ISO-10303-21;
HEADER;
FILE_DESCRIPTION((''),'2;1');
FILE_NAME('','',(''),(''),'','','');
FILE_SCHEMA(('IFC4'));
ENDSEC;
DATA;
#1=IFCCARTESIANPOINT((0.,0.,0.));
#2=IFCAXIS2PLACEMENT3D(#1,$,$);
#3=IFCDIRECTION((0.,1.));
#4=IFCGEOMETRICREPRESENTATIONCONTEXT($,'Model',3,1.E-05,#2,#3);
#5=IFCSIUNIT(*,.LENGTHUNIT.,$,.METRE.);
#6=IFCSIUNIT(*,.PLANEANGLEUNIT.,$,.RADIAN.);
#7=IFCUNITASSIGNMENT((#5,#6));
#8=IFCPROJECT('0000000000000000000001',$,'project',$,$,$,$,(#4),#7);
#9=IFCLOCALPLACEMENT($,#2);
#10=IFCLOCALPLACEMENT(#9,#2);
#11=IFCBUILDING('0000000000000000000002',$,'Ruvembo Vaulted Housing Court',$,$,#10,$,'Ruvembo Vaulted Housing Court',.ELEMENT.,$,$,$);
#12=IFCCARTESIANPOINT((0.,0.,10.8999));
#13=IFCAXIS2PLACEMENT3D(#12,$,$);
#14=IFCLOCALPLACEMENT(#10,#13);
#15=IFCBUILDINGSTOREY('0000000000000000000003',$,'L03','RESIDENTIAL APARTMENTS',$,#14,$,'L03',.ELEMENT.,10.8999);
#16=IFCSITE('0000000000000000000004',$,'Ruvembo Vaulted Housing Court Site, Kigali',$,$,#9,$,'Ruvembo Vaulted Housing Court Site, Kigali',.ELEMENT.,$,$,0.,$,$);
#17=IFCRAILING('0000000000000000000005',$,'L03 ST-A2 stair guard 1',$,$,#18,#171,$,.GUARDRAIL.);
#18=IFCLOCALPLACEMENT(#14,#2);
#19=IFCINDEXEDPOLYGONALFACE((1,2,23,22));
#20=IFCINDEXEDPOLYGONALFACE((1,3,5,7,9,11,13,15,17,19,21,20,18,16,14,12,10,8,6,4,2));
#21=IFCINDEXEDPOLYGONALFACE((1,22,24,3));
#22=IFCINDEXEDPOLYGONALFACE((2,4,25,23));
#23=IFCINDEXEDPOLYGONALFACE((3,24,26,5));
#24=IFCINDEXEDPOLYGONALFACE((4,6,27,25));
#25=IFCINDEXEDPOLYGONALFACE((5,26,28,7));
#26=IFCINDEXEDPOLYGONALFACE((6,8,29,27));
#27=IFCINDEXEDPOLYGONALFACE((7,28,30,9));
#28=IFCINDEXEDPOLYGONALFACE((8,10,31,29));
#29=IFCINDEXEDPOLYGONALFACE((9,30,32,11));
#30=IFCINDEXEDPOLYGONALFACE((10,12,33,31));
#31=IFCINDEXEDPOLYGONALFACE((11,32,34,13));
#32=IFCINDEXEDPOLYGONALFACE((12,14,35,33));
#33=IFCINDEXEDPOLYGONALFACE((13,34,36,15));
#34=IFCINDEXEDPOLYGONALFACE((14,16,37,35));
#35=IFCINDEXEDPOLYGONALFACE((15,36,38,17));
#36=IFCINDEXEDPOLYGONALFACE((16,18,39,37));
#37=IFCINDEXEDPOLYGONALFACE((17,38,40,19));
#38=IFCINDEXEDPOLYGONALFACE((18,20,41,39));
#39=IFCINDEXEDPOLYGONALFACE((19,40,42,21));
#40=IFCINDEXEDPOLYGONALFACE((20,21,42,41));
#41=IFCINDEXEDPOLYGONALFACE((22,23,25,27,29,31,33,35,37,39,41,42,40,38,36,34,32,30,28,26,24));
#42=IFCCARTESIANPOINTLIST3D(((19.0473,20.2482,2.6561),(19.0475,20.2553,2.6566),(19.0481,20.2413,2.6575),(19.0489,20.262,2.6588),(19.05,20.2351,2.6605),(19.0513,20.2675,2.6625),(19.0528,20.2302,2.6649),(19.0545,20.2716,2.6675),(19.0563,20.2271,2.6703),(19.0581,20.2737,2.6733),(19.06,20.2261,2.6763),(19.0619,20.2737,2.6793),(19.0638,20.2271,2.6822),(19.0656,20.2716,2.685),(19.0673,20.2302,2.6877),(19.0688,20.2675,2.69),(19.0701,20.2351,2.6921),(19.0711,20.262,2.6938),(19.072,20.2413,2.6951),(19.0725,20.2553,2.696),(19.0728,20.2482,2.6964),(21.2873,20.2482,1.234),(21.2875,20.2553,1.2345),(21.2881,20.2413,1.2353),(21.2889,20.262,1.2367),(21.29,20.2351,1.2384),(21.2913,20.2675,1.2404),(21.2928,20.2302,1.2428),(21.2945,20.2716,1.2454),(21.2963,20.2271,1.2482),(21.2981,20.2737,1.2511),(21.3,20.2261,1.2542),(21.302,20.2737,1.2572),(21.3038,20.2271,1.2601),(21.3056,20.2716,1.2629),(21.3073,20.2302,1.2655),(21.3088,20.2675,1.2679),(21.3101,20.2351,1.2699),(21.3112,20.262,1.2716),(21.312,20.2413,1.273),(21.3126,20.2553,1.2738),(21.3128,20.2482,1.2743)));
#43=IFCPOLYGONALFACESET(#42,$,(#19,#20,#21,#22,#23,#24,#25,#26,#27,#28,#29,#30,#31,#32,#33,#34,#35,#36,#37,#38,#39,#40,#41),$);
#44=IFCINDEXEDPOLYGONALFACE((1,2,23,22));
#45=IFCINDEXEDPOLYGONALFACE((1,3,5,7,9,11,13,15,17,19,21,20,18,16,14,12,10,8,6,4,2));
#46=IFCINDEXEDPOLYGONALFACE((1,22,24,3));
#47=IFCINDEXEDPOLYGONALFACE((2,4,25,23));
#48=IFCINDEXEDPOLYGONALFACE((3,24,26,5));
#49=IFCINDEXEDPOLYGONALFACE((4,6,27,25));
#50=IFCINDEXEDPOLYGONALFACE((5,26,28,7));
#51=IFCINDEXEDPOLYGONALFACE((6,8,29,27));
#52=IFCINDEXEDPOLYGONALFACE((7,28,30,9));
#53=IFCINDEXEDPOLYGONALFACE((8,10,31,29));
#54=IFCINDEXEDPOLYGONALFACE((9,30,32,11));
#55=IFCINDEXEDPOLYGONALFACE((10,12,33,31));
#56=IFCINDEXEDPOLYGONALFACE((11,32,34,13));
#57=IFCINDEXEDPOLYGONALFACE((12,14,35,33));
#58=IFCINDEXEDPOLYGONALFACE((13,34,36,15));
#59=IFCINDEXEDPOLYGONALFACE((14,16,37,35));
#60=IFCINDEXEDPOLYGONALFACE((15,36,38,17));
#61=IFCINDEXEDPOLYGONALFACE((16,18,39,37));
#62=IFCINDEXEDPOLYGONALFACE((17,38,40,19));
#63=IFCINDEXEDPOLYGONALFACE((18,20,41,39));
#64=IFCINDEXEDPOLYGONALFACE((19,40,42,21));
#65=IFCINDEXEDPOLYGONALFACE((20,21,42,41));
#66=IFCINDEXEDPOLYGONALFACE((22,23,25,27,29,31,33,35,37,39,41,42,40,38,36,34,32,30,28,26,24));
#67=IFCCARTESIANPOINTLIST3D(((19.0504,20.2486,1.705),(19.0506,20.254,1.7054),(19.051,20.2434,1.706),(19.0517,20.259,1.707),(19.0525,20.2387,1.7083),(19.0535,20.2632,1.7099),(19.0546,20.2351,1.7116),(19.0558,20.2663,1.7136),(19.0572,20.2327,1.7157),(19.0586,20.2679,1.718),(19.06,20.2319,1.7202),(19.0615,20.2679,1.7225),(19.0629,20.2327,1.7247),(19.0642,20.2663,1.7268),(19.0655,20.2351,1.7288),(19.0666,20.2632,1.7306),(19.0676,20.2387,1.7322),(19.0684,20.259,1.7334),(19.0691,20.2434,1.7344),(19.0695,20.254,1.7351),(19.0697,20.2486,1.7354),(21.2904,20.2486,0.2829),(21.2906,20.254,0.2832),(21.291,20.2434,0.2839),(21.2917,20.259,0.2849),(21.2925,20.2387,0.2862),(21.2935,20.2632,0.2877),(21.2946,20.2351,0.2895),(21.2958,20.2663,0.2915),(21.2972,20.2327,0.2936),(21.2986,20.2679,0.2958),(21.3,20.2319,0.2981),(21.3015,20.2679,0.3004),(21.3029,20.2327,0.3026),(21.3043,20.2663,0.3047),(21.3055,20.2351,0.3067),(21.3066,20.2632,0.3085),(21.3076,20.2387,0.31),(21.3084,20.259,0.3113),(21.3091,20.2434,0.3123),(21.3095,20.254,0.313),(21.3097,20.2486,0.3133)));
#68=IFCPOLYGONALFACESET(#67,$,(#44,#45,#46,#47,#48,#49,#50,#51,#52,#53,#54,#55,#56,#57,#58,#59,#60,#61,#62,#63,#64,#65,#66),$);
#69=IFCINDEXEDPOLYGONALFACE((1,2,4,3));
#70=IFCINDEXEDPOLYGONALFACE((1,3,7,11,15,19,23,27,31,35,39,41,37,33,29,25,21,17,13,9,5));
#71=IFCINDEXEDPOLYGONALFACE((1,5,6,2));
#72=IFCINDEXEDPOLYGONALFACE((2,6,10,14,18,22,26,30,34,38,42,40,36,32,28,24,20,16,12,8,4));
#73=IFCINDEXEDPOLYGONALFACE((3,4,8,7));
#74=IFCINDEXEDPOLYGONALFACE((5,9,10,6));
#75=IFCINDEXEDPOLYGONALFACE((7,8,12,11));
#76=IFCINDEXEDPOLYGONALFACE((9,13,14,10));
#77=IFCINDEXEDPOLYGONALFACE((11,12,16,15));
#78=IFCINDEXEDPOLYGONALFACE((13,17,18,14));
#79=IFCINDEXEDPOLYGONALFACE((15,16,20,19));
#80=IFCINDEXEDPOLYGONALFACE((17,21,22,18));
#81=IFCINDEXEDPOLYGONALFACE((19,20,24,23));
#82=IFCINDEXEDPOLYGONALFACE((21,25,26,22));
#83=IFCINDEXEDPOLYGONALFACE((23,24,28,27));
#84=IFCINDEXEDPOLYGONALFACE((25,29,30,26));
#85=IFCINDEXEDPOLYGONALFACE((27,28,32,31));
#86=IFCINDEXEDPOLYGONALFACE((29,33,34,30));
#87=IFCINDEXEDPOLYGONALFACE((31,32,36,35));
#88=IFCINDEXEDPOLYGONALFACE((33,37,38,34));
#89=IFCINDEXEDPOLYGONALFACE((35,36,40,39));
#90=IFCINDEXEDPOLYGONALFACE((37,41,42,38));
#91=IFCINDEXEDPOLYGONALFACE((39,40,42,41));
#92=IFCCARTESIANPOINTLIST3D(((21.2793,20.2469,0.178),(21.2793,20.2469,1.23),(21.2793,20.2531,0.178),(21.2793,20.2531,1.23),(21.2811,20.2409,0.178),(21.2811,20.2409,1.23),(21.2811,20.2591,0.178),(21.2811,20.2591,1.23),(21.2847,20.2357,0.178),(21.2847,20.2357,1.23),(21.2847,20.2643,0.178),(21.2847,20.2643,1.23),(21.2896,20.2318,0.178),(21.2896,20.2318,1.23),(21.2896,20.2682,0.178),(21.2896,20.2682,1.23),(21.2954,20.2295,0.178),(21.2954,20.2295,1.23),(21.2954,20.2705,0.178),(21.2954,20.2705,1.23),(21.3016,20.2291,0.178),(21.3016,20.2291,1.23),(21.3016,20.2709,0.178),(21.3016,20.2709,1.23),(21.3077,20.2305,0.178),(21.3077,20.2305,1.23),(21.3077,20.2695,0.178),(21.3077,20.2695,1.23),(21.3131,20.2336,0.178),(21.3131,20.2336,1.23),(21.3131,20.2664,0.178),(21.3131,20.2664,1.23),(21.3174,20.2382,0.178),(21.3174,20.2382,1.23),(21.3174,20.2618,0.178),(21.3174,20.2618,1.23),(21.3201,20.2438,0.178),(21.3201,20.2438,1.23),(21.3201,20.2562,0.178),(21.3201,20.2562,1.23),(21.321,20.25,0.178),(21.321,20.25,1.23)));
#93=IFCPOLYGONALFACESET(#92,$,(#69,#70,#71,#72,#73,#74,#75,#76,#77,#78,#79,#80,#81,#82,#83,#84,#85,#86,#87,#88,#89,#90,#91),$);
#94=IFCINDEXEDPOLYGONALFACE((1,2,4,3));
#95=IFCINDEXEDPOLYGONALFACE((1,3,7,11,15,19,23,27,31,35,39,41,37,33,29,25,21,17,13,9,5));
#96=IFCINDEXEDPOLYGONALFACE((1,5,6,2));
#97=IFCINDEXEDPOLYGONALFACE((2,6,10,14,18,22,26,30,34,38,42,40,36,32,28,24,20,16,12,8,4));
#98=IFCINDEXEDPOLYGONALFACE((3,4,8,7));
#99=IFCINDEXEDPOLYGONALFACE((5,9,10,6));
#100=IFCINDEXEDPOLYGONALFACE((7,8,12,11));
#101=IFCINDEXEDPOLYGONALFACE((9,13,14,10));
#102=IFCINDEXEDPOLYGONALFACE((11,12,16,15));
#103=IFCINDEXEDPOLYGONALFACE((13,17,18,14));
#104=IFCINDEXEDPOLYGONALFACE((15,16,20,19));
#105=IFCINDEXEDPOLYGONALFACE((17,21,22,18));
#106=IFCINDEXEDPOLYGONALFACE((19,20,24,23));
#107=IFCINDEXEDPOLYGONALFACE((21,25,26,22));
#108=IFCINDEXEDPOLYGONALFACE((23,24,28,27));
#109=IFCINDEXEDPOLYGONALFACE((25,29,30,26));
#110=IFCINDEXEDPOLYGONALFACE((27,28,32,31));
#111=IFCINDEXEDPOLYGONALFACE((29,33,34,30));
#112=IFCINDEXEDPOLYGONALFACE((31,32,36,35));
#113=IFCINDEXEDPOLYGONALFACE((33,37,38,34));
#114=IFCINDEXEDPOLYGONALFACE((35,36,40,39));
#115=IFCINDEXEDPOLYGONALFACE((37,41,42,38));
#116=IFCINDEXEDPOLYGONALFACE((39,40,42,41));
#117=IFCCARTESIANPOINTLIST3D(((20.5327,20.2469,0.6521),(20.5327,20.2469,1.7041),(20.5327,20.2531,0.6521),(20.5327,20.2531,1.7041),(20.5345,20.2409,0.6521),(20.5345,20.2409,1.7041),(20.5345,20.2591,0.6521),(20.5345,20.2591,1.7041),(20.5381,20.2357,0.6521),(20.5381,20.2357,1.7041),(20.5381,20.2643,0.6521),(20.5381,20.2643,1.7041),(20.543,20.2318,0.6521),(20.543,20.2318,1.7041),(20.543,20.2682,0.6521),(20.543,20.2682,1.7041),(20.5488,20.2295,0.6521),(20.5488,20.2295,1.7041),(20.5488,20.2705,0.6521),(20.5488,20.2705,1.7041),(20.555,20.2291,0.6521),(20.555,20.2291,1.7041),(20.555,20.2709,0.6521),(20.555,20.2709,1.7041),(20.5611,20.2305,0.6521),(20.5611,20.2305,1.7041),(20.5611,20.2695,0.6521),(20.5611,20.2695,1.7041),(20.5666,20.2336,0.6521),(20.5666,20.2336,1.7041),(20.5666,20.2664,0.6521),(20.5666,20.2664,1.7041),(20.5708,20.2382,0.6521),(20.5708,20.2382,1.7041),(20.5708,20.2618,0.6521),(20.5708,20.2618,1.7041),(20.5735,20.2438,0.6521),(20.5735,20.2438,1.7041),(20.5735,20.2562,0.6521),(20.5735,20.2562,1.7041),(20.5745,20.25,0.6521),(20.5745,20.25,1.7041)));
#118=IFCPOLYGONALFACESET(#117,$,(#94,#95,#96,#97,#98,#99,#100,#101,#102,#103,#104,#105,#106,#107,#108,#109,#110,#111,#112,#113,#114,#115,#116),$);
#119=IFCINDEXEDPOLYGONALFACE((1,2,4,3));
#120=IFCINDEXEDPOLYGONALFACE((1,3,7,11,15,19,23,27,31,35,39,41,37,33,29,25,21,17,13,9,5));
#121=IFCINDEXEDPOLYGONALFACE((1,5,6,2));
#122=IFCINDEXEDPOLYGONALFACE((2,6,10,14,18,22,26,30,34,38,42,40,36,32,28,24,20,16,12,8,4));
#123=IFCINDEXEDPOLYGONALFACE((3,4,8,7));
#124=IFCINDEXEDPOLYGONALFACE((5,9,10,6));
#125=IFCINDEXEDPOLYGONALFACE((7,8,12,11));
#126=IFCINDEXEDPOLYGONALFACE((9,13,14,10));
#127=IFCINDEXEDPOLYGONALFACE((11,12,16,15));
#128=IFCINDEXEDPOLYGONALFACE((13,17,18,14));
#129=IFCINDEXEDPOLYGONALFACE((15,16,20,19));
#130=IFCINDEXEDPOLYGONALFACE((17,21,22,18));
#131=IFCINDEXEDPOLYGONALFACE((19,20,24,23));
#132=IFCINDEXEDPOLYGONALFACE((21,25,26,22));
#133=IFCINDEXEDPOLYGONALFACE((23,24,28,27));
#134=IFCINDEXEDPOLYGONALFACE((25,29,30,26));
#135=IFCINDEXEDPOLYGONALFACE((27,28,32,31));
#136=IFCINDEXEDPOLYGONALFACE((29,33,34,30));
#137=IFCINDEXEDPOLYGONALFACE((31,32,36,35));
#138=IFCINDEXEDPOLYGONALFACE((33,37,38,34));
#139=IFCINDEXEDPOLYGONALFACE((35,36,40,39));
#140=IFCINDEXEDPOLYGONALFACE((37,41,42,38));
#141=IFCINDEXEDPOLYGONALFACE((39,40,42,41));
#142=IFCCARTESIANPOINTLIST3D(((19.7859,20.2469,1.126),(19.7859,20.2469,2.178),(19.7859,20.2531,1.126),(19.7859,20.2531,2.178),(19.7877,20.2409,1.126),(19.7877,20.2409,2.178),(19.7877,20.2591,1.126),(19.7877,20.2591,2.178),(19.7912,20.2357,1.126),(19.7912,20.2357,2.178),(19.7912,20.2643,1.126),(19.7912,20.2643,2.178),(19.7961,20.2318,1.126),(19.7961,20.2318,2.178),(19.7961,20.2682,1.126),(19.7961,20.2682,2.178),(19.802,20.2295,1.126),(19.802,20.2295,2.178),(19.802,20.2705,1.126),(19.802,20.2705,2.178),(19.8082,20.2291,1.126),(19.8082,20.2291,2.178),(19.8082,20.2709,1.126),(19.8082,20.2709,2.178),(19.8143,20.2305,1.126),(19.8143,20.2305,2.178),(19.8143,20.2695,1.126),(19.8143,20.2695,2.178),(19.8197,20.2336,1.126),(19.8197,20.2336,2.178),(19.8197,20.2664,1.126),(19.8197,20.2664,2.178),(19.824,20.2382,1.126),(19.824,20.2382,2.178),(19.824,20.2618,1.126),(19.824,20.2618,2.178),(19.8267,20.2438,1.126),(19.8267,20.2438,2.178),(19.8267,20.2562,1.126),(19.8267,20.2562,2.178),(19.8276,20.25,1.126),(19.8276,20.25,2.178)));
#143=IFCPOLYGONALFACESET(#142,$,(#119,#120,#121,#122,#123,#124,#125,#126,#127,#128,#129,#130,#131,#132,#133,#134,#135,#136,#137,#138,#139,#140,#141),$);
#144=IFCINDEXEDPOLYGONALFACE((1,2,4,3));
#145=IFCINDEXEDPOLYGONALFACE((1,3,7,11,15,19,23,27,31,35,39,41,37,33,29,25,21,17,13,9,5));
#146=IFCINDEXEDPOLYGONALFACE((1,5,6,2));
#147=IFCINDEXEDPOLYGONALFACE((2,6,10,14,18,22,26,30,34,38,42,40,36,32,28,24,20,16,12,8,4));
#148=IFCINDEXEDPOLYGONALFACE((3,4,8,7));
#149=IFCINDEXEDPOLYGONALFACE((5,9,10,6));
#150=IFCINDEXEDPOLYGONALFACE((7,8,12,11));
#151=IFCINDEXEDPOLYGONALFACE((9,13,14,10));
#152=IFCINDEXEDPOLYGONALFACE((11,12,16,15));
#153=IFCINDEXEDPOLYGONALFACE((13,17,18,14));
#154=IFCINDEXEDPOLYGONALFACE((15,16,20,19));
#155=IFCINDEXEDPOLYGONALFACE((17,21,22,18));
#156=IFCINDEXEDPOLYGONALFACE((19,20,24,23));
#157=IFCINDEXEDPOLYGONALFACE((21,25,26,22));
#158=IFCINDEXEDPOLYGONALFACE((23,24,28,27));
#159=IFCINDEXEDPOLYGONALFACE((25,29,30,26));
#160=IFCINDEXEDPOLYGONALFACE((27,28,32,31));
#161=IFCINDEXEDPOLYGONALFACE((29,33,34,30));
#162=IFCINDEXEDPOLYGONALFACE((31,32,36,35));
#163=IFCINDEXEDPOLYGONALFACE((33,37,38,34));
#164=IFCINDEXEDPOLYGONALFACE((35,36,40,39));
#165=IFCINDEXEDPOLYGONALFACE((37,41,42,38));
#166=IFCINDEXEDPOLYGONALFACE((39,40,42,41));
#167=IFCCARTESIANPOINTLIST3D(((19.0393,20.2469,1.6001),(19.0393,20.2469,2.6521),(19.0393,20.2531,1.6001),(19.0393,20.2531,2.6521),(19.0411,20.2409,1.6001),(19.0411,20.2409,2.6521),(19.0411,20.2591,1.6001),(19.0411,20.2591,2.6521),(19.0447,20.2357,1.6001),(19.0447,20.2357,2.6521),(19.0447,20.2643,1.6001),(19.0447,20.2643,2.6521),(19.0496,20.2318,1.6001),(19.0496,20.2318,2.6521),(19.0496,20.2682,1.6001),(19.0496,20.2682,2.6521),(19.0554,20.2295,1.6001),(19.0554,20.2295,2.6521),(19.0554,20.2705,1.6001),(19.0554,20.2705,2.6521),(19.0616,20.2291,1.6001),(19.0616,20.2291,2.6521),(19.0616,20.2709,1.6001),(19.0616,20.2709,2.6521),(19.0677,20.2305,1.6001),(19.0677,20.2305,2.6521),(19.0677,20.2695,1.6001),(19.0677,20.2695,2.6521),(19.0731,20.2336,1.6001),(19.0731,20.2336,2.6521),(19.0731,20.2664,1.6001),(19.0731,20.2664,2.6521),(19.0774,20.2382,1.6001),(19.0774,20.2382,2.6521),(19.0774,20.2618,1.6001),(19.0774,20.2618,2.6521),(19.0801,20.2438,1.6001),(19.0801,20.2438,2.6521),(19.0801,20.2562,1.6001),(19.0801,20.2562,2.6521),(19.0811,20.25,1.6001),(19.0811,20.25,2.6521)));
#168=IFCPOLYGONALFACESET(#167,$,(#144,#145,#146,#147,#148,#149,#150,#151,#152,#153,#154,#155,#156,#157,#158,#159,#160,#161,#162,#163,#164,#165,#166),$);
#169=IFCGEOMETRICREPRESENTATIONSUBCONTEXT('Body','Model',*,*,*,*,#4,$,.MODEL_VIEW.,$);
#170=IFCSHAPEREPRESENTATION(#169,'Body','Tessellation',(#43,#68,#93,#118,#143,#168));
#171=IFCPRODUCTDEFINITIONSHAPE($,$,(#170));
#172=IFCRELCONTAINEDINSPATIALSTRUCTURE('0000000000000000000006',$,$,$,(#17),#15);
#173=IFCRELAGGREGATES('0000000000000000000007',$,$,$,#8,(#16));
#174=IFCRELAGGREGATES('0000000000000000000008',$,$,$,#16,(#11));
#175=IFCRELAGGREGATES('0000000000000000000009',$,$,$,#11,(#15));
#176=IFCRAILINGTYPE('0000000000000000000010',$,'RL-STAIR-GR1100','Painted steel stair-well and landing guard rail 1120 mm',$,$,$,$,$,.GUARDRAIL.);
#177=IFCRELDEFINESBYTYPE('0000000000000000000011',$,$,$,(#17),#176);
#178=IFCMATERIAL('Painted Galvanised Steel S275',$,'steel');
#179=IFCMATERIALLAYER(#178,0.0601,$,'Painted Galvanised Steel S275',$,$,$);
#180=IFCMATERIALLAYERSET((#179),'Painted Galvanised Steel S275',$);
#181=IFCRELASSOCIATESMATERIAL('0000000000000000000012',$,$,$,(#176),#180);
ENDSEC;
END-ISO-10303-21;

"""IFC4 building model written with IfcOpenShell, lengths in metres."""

from ifc_helpers import new_model, si_unit, direction, frame, origin, origin_2d, place, context, subcontext, project, spatial, circle, extrude, material, layer, layer_set, type_object, element, save


model = new_model("IFC4")

# Units and contexts
model_context = context("Model", 3, precision=1e-05, world=origin(), true_north=direction((0.0, 1.0)))
body_context = subcontext(model_context, "Body", "Model", "MODEL_VIEW")
ifc_project = project(units=[si_unit("LENGTHUNIT", "METRE"), si_unit("PLANEANGLEUNIT", "RADIAN")], contexts=[model_context])

# Site, building, storey
site_placement = place(None, origin())
site = spatial("IfcSite", under=ifc_project, at=site_placement, Name="Ruvembo Vaulted Housing Court Site, Kigali", LongName="Ruvembo Vaulted Housing Court Site, Kigali", CompositionType="ELEMENT", RefElevation=0.0)
building_placement = place(site_placement, origin())
building = spatial("IfcBuilding", under=site, at=building_placement, Name="Ruvembo Vaulted Housing Court", LongName="Ruvembo Vaulted Housing Court", CompositionType="ELEMENT")
storey_placement = place(building_placement, frame((0.0, 0.0, 10.8999)))
storey = spatial("IfcBuildingStorey", under=building, at=storey_placement, Name="L03", Description="RESIDENTIAL APARTMENTS", LongName="L03", CompositionType="ELEMENT", Elevation=10.8999)

# Railing
ifc_material_1 = material(Name="Painted Galvanised Steel S275", Category="steel")
ifc_layer_1 = layer(ifc_material_1, 0.0601, Name="Painted Galvanised Steel S275")
ifc_layer_set_1 = layer_set([ifc_layer_1], Name="Painted Galvanised Steel S275")
railing_type_1 = type_object("IfcRailingType", Name="RL-STAIR-GR1100", Description="Painted steel stair-well and landing guard rail 1120 mm", PredefinedType="GUARDRAIL", material=ifc_layer_set_1)
railing_1_placement = place(storey_placement, frame((21.3, 20.25, 0.178)))
element("IfcRailing", 1, at=railing_1_placement, inside=storey, type_object=railing_type_1, Name="L03 ST-A2 stair guard 1", PredefinedType="GUARDRAIL", context=body_context, shape_type="SweptSolid", body=[
    extrude(circle(Radius=0.0239, at=origin_2d()), frame((0.0, 0.0, 1.0762), z_axis=(-0.844229, 0.0, 0.535982), x_axis=(0.0, -1.0, 0.0)), (0.0, 0.0, 1.0), 2.6533),
    extrude(circle(Radius=0.0181, at=origin_2d()), frame((0.0, 0.0, 0.1201), z_axis=(-0.844229, 0.0, 0.535982), x_axis=(0.0, -1.0, 0.0)), (0.0, 0.0, 1.0), 2.6533),
    extrude(circle(Radius=0.021, at=origin_2d()), origin(), (0.0, 0.0, 1.0), 1.052),
    extrude(circle(Radius=0.021, at=origin_2d()), frame((-0.7466, 0.0, 0.4741)), (0.0, 0.0, 1.0), 1.052),
    extrude(circle(Radius=0.021, at=origin_2d()), frame((-1.4934, 0.0, 0.948)), (0.0, 0.0, 1.0), 1.052),
    extrude(circle(Radius=0.021, at=origin_2d()), frame((-2.24, 0.0, 1.4221)), (0.0, 0.0, 1.0), 1.052),
])

save(model, "model.ifc")
